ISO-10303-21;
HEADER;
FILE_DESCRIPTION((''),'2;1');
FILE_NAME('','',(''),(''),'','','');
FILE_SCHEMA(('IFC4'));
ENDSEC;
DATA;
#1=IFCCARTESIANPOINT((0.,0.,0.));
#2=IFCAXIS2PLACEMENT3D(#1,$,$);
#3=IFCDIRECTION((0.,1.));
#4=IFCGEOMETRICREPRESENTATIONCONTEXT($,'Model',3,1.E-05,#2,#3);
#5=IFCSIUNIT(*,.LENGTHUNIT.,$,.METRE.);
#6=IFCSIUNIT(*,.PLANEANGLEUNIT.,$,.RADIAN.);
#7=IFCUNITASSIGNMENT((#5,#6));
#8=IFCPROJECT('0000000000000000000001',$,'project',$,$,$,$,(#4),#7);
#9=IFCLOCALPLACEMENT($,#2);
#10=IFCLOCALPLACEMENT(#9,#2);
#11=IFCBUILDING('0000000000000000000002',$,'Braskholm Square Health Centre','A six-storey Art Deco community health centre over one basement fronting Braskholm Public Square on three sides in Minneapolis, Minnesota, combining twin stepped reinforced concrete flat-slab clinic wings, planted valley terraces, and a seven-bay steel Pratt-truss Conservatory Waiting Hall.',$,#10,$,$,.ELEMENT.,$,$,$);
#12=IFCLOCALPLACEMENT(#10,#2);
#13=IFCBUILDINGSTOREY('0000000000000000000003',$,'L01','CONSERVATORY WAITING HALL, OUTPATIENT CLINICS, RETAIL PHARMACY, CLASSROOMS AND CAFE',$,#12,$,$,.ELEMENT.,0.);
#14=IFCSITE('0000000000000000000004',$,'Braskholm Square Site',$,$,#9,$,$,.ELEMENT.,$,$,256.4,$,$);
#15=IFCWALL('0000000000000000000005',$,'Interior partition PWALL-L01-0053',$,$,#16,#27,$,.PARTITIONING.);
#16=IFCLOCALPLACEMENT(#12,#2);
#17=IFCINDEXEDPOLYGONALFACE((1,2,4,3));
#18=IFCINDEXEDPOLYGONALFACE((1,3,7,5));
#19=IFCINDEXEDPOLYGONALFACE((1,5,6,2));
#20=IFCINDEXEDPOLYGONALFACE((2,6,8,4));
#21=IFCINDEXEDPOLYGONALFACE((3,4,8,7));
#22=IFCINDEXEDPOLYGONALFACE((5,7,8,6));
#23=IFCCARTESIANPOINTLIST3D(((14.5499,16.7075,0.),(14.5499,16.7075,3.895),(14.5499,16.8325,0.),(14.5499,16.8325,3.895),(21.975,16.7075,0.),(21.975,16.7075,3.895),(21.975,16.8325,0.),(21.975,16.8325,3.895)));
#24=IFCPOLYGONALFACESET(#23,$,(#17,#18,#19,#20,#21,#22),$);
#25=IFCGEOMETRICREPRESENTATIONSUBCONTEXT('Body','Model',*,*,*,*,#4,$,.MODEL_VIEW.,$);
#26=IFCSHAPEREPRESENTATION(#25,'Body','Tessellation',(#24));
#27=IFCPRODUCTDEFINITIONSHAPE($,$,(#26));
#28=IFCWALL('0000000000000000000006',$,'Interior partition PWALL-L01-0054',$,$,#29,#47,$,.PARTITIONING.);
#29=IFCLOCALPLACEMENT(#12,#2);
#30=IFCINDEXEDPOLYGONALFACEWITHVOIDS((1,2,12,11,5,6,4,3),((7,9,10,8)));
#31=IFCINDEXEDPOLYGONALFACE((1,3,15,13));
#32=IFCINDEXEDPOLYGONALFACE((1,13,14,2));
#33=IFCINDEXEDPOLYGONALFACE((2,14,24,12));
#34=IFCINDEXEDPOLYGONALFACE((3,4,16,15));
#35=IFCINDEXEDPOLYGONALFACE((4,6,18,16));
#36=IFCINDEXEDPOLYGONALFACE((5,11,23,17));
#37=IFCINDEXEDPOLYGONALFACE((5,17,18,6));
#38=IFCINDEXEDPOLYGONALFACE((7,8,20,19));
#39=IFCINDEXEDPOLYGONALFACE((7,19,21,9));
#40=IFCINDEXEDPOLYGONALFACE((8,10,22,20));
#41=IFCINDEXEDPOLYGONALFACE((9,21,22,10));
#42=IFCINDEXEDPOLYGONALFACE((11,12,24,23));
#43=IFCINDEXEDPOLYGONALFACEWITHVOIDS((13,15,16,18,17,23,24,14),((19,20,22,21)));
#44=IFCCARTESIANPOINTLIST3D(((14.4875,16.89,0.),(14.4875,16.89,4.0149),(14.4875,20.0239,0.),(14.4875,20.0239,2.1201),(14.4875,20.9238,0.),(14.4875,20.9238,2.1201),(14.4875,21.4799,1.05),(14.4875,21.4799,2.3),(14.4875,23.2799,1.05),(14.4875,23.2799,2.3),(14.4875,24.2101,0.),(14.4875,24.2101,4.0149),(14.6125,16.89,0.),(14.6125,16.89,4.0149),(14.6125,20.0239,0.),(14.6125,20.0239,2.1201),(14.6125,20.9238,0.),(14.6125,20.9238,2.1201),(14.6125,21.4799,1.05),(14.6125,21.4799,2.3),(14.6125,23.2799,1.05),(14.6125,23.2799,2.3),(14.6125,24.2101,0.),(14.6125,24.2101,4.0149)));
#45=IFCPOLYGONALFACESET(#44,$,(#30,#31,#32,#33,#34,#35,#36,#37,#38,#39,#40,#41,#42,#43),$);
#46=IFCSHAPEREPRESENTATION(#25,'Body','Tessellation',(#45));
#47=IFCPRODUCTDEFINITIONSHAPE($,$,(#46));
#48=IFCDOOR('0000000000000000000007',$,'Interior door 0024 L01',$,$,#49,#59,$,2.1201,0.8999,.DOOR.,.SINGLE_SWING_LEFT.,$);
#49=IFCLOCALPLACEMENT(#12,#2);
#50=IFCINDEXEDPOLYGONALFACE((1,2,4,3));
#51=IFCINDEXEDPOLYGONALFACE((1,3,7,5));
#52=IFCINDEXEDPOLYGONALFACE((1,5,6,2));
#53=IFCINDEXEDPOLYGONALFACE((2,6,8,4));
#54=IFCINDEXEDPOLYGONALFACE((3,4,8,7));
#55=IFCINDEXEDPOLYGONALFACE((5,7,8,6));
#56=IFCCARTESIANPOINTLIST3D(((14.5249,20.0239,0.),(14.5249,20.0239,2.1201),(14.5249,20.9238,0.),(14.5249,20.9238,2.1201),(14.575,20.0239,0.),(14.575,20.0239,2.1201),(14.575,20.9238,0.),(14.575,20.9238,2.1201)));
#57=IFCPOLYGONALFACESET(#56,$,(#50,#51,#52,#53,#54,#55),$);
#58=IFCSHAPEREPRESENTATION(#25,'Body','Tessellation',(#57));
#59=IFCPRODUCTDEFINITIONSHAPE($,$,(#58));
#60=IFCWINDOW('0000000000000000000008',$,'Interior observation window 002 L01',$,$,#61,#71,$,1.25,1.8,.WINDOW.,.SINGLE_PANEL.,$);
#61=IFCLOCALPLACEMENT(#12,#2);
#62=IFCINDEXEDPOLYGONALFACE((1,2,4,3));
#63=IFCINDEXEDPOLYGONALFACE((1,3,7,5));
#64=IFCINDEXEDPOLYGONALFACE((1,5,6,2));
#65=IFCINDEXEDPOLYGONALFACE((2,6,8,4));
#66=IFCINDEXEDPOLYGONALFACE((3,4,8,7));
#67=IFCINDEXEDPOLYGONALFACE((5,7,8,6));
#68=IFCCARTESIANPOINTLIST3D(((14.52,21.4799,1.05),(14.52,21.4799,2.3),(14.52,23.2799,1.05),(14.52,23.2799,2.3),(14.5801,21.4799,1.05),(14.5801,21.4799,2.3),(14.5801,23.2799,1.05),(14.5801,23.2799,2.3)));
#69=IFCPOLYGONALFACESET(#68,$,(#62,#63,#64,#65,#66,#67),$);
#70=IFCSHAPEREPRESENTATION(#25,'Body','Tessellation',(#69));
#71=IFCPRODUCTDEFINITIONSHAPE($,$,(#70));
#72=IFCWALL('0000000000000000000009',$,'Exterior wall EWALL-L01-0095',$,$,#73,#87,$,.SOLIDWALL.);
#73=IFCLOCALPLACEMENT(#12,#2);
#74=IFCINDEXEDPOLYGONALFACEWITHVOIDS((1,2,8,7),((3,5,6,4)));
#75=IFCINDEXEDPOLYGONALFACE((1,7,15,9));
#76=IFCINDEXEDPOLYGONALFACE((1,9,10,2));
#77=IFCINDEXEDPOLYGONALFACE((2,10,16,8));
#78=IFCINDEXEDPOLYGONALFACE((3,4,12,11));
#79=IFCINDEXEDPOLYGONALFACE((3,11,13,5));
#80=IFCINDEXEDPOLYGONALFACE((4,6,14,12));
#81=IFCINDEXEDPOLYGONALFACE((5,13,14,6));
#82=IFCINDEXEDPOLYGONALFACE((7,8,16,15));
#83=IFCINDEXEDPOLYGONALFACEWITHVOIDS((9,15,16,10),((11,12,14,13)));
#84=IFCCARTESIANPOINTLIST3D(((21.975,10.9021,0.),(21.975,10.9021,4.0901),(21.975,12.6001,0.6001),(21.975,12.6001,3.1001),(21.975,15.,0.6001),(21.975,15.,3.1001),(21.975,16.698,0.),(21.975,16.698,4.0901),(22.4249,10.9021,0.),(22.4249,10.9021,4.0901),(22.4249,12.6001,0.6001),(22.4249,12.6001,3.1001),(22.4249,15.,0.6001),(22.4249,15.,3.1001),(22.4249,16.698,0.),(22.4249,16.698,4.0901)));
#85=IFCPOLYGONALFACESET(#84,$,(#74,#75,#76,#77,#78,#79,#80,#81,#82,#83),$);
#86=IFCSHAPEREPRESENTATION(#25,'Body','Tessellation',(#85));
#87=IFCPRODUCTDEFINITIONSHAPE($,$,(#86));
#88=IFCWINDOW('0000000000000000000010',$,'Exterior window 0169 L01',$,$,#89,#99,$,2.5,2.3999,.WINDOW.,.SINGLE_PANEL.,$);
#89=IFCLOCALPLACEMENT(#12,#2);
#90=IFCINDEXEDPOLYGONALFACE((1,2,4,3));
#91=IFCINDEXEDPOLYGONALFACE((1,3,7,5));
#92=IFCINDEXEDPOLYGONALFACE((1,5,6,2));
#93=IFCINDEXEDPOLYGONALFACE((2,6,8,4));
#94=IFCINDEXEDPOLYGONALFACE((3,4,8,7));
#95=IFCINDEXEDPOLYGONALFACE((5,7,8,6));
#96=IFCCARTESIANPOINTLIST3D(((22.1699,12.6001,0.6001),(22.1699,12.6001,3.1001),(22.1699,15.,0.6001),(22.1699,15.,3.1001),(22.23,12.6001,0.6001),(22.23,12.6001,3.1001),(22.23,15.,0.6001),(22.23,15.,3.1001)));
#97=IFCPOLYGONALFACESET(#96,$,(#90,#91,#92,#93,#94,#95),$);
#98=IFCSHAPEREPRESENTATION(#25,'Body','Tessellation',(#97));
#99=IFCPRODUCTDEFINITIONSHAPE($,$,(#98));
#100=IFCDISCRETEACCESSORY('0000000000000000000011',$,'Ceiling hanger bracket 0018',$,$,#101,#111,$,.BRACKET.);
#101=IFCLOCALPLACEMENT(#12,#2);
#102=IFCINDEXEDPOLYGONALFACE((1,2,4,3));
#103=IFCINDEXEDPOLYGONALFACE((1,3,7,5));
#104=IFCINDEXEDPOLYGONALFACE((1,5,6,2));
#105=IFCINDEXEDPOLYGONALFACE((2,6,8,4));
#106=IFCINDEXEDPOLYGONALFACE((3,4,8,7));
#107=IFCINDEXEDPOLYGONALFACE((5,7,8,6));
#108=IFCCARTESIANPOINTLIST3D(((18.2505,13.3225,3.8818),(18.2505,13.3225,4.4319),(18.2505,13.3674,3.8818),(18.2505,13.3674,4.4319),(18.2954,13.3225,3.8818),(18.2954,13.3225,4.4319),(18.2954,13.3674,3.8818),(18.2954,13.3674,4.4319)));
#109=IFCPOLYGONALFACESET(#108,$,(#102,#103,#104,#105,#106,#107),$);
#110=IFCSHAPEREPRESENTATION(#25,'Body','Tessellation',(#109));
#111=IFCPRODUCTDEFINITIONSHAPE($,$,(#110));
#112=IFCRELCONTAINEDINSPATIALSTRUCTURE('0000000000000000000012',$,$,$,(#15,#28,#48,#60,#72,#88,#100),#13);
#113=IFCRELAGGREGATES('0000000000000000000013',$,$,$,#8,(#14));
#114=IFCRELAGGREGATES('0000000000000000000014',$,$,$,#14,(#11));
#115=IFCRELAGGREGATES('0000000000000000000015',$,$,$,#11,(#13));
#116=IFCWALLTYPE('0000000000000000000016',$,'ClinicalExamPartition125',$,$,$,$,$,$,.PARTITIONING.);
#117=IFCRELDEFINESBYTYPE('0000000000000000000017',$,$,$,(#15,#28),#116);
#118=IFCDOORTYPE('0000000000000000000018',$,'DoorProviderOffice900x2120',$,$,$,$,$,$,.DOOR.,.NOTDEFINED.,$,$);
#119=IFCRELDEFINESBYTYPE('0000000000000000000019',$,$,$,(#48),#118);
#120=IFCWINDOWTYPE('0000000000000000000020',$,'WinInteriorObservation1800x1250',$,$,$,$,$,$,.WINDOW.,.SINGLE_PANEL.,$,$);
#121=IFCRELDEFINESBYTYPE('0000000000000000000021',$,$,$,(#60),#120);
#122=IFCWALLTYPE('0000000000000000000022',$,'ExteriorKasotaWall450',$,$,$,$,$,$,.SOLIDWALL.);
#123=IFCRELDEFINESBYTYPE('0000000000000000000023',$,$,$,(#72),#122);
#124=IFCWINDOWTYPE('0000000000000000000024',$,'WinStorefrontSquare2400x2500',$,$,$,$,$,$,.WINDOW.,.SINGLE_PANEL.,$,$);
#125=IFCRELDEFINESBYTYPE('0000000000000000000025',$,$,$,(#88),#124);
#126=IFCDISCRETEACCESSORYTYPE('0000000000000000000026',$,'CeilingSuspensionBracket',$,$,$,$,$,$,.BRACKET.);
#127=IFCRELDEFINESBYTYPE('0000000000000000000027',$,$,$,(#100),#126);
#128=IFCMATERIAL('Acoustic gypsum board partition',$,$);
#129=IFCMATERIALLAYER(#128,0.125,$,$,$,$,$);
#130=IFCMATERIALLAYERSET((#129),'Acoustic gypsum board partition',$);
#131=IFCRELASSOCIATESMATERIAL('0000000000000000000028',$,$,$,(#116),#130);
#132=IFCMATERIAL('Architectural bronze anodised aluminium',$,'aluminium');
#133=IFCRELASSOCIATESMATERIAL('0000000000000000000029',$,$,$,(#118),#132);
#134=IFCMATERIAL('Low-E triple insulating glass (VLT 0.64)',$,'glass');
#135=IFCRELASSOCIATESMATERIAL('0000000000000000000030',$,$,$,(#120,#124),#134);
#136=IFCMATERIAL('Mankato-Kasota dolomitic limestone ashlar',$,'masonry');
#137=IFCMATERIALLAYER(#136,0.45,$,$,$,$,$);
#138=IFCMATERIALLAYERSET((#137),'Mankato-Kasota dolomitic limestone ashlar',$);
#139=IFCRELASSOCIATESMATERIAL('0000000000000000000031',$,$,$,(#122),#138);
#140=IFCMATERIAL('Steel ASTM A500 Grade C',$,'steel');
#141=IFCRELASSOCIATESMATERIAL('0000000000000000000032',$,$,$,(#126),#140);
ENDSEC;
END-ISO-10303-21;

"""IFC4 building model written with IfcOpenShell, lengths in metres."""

from ifc_helpers import new_model, si_unit, direction, frame, frame_2d, origin, origin_with_axes, origin_2d, place, context, subcontext, project, spatial, rectangle, extrude, material, layer, layer_set, type_object, element, fill, save


model = new_model("IFC4")

# Units and contexts
model_context = context("Model", 3, precision=1e-05, world=origin(), true_north=direction((0.0, 1.0)))
body_context = subcontext(model_context, "Body", "Model", "MODEL_VIEW")
ifc_project = project(units=[si_unit("LENGTHUNIT", "METRE"), si_unit("PLANEANGLEUNIT", "RADIAN")], contexts=[model_context])

# Site, building, storey
site_placement = place(None, origin())
site = spatial("IfcSite", under=ifc_project, at=site_placement, Name="Braskholm Square Site", CompositionType="ELEMENT", RefElevation=256.4)
building_placement = place(site_placement, origin())
building = spatial("IfcBuilding", under=site, at=building_placement, Name="Braskholm Square Health Centre", Description="A six-storey Art Deco community health centre over one basement fronting Braskholm Public Square on three sides in Minneapolis, Minnesota, combining twin stepped reinforced concrete flat-slab clinic wings, planted valley terraces, and a seven-bay steel Pratt-truss Conservatory Waiting Hall.", CompositionType="ELEMENT")
storey_placement = place(building_placement, origin())
storey = spatial("IfcBuildingStorey", under=building, at=storey_placement, Name="L01", Description="CONSERVATORY WAITING HALL, OUTPATIENT CLINICS, RETAIL PHARMACY, CLASSROOMS AND CAFE", CompositionType="ELEMENT", Elevation=0.0)

# Shared definitions
ifc_material_1 = material(Name="Architectural bronze anodised aluminium", Category="aluminium")
ifc_material_2 = material(Name="Low-E triple insulating glass (VLT 0.64)", Category="glass")

# Shared definitions
ifc_material_3 = material(Name="Acoustic gypsum board partition")
ifc_layer_1 = layer(ifc_material_3, 0.125)
ifc_layer_set_1 = layer_set([ifc_layer_1], Name="Acoustic gypsum board partition")
wall_type_1 = type_object("IfcWallType", Name="ClinicalExamPartition125", PredefinedType="PARTITIONING", material=ifc_layer_set_1)

# Wall
wall_1_placement = place(storey_placement, frame((14.55, 16.77, 0.0), z_axis=(0.0, 0.0, 1.0), x_axis=(1.0, 0.0, 0.0)))
element("IfcWall", 1, at=wall_1_placement, inside=storey, type_object=wall_type_1, Name="Interior partition PWALL-L01-0053", PredefinedType="PARTITIONING", context=body_context, shape_type="SweptSolid", body=[
    extrude(rectangle(XDim=7.425, YDim=0.125, at=frame_2d((3.7124, 0.0))), origin(), (0.0, 0.0, 1.0), 3.895),
])

# Wall, openings, door, window
wall_2_placement = place(storey_placement, frame((14.55, 16.8899, 0.0), z_axis=(0.0, 0.0, 1.0), x_axis=(0.0, 1.0, 0.0)))
wall_2 = element("IfcWall", 2, at=wall_2_placement, inside=storey, type_object=wall_type_1, Name="Interior partition PWALL-L01-0054", PredefinedType="PARTITIONING", context=body_context, shape_type="SweptSolid", body=[
    extrude(rectangle(XDim=7.3201, YDim=0.125, at=frame_2d((3.6602, 0.0))), origin(), (0.0, 0.0, 1.0), 4.0149),
])
opening_1_placement = place(wall_2_placement, frame((3.134, 0.0, 0.0)))
opening_1 = element("IfcOpeningElement", 3, at=opening_1_placement, cuts=wall_2, PredefinedType="OPENING", context=body_context, shape_type="SweptSolid", body=[
    extrude(rectangle(XDim=0.8999, YDim=2.1201, at=frame_2d((0.45, 1.0601))), frame((0.0, 0.0725, 0.0), z_axis=(0.0, -1.0, 0.0), x_axis=(1.0, 0.0, 0.0)), (0.0, 0.0, 1.0), 0.145),
])
opening_2_placement = place(wall_2_placement, frame((4.5901, 0.0, 1.05)))
opening_2 = element("IfcOpeningElement", 4, at=opening_2_placement, cuts=wall_2, PredefinedType="OPENING", context=body_context, shape_type="SweptSolid", body=[
    extrude(rectangle(XDim=1.8, YDim=1.25, at=frame_2d((0.8999, 0.625))), frame((0.0, 0.0725, 0.0), z_axis=(0.0, -1.0, 0.0), x_axis=(1.0, 0.0, 0.0)), (0.0, 0.0, 1.0), 0.145),
])
door_type_1 = type_object("IfcDoorType", Name="DoorProviderOffice900x2120", OperationType="NOTDEFINED", PredefinedType="DOOR", material=ifc_material_1)
door_1_placement = place(opening_1_placement, frame((0.8999, 0.0, 0.0), z_axis=(0.0, 0.0, 1.0), x_axis=(-1.0, 0.0, 0.0)))
door_1 = element("IfcDoor", 5, at=door_1_placement, inside=storey, type_object=door_type_1, Name="Interior door 0024 L01", OperationType="SINGLE_SWING_LEFT", OverallHeight=2.1201, OverallWidth=0.8999, PredefinedType="DOOR", context=body_context, shape_type="SweptSolid", body=[
    extrude(rectangle(XDim=0.8999, YDim=2.1201, at=frame_2d((0.45, 1.0601))), frame((0.0, 0.0249, 0.0), z_axis=(0.0, -1.0, 0.0), x_axis=(1.0, 0.0, 0.0)), (0.0, 0.0, 1.0), 0.05),
])
fill(opening_1, door_1)
window_type_1 = type_object("IfcWindowType", Name="WinInteriorObservation1800x1250", PartitioningType="SINGLE_PANEL", PredefinedType="WINDOW", material=ifc_material_2)
window_1_placement = place(opening_2_placement, origin_with_axes())
window_1 = element("IfcWindow", 6, at=window_1_placement, inside=storey, type_object=window_type_1, Name="Interior observation window 002 L01", OverallHeight=1.25, OverallWidth=1.8, PartitioningType="SINGLE_PANEL", PredefinedType="WINDOW", context=body_context, shape_type="SweptSolid", body=[
    extrude(rectangle(XDim=1.8, YDim=1.25, at=frame_2d((0.8999, 0.625))), frame((0.0, 0.03, 0.0), z_axis=(0.0, -1.0, 0.0), x_axis=(1.0, 0.0, 0.0)), (0.0, 0.0, 1.0), 0.0601),
])
fill(opening_2, window_1)

# Wall, opening, window
ifc_material_4 = material(Name="Mankato-Kasota dolomitic limestone ashlar", Category="masonry")
ifc_layer_2 = layer(ifc_material_4, 0.45)
ifc_layer_set_2 = layer_set([ifc_layer_2], Name="Mankato-Kasota dolomitic limestone ashlar")
wall_type_2 = type_object("IfcWallType", Name="ExteriorKasotaWall450", PredefinedType="SOLIDWALL", material=ifc_layer_set_2)
wall_3_placement = place(storey_placement, frame((22.2, 10.9021, 0.0), z_axis=(0.0, 0.0, 1.0), x_axis=(0.0, 1.0, 0.0)))
wall_3 = element("IfcWall", 7, at=wall_3_placement, inside=storey, type_object=wall_type_2, Name="Exterior wall EWALL-L01-0095", PredefinedType="SOLIDWALL", context=body_context, shape_type="SweptSolid", body=[
    extrude(rectangle(XDim=5.7959, YDim=0.45, at=frame_2d((2.8979, 0.0))), origin(), (0.0, 0.0, 1.0), 4.0901),
])
opening_3_placement = place(wall_3_placement, frame((1.698, 0.0, 0.6001)))
opening_3 = element("IfcOpeningElement", 8, at=opening_3_placement, cuts=wall_3, PredefinedType="OPENING", context=body_context, shape_type="SweptSolid", body=[
    extrude(rectangle(XDim=2.3999, YDim=2.5, at=frame_2d((1.2, 1.25))), frame((0.0, 0.2349, 0.0), z_axis=(0.0, -1.0, 0.0), x_axis=(1.0, 0.0, 0.0)), (0.0, 0.0, 1.0), 0.47),
])
window_type_2 = type_object("IfcWindowType", Name="WinStorefrontSquare2400x2500", PartitioningType="SINGLE_PANEL", PredefinedType="WINDOW", material=ifc_material_2)
window_2_placement = place(opening_3_placement, origin_with_axes())
window_2 = element("IfcWindow", 9, at=window_2_placement, inside=storey, type_object=window_type_2, Name="Exterior window 0169 L01", OverallHeight=2.5, OverallWidth=2.3999, PartitioningType="SINGLE_PANEL", PredefinedType="WINDOW", context=body_context, shape_type="SweptSolid", body=[
    extrude(rectangle(XDim=2.3999, YDim=2.5, at=frame_2d((1.2, 1.25))), frame((0.0, 0.03, 0.0), z_axis=(0.0, -1.0, 0.0), x_axis=(1.0, 0.0, 0.0)), (0.0, 0.0, 1.0), 0.0601),
])
fill(opening_3, window_2)

# Discrete accessory
ifc_material_5 = material(Name="Steel ASTM A500 Grade C", Category="steel")
discrete_accessory_type = type_object("IfcDiscreteAccessoryType", Name="CeilingSuspensionBracket", PredefinedType="BRACKET", material=ifc_material_5)
discrete_accessory_placement = place(storey_placement, frame((18.2729, 13.345, 3.8818), z_axis=(0.0, 0.0, 1.0), x_axis=(1.0, 0.0, 0.0)))
element("IfcDiscreteAccessory", 10, at=discrete_accessory_placement, inside=storey, type_object=discrete_accessory_type, Name="Ceiling hanger bracket 0018", PredefinedType="BRACKET", context=body_context, shape_type="SweptSolid", body=[
    extrude(rectangle(XDim=0.0449, YDim=0.0449, at=origin_2d()), origin(), (0.0, 0.0, 1.0), 0.55),
])

save(model, "model.ifc")
